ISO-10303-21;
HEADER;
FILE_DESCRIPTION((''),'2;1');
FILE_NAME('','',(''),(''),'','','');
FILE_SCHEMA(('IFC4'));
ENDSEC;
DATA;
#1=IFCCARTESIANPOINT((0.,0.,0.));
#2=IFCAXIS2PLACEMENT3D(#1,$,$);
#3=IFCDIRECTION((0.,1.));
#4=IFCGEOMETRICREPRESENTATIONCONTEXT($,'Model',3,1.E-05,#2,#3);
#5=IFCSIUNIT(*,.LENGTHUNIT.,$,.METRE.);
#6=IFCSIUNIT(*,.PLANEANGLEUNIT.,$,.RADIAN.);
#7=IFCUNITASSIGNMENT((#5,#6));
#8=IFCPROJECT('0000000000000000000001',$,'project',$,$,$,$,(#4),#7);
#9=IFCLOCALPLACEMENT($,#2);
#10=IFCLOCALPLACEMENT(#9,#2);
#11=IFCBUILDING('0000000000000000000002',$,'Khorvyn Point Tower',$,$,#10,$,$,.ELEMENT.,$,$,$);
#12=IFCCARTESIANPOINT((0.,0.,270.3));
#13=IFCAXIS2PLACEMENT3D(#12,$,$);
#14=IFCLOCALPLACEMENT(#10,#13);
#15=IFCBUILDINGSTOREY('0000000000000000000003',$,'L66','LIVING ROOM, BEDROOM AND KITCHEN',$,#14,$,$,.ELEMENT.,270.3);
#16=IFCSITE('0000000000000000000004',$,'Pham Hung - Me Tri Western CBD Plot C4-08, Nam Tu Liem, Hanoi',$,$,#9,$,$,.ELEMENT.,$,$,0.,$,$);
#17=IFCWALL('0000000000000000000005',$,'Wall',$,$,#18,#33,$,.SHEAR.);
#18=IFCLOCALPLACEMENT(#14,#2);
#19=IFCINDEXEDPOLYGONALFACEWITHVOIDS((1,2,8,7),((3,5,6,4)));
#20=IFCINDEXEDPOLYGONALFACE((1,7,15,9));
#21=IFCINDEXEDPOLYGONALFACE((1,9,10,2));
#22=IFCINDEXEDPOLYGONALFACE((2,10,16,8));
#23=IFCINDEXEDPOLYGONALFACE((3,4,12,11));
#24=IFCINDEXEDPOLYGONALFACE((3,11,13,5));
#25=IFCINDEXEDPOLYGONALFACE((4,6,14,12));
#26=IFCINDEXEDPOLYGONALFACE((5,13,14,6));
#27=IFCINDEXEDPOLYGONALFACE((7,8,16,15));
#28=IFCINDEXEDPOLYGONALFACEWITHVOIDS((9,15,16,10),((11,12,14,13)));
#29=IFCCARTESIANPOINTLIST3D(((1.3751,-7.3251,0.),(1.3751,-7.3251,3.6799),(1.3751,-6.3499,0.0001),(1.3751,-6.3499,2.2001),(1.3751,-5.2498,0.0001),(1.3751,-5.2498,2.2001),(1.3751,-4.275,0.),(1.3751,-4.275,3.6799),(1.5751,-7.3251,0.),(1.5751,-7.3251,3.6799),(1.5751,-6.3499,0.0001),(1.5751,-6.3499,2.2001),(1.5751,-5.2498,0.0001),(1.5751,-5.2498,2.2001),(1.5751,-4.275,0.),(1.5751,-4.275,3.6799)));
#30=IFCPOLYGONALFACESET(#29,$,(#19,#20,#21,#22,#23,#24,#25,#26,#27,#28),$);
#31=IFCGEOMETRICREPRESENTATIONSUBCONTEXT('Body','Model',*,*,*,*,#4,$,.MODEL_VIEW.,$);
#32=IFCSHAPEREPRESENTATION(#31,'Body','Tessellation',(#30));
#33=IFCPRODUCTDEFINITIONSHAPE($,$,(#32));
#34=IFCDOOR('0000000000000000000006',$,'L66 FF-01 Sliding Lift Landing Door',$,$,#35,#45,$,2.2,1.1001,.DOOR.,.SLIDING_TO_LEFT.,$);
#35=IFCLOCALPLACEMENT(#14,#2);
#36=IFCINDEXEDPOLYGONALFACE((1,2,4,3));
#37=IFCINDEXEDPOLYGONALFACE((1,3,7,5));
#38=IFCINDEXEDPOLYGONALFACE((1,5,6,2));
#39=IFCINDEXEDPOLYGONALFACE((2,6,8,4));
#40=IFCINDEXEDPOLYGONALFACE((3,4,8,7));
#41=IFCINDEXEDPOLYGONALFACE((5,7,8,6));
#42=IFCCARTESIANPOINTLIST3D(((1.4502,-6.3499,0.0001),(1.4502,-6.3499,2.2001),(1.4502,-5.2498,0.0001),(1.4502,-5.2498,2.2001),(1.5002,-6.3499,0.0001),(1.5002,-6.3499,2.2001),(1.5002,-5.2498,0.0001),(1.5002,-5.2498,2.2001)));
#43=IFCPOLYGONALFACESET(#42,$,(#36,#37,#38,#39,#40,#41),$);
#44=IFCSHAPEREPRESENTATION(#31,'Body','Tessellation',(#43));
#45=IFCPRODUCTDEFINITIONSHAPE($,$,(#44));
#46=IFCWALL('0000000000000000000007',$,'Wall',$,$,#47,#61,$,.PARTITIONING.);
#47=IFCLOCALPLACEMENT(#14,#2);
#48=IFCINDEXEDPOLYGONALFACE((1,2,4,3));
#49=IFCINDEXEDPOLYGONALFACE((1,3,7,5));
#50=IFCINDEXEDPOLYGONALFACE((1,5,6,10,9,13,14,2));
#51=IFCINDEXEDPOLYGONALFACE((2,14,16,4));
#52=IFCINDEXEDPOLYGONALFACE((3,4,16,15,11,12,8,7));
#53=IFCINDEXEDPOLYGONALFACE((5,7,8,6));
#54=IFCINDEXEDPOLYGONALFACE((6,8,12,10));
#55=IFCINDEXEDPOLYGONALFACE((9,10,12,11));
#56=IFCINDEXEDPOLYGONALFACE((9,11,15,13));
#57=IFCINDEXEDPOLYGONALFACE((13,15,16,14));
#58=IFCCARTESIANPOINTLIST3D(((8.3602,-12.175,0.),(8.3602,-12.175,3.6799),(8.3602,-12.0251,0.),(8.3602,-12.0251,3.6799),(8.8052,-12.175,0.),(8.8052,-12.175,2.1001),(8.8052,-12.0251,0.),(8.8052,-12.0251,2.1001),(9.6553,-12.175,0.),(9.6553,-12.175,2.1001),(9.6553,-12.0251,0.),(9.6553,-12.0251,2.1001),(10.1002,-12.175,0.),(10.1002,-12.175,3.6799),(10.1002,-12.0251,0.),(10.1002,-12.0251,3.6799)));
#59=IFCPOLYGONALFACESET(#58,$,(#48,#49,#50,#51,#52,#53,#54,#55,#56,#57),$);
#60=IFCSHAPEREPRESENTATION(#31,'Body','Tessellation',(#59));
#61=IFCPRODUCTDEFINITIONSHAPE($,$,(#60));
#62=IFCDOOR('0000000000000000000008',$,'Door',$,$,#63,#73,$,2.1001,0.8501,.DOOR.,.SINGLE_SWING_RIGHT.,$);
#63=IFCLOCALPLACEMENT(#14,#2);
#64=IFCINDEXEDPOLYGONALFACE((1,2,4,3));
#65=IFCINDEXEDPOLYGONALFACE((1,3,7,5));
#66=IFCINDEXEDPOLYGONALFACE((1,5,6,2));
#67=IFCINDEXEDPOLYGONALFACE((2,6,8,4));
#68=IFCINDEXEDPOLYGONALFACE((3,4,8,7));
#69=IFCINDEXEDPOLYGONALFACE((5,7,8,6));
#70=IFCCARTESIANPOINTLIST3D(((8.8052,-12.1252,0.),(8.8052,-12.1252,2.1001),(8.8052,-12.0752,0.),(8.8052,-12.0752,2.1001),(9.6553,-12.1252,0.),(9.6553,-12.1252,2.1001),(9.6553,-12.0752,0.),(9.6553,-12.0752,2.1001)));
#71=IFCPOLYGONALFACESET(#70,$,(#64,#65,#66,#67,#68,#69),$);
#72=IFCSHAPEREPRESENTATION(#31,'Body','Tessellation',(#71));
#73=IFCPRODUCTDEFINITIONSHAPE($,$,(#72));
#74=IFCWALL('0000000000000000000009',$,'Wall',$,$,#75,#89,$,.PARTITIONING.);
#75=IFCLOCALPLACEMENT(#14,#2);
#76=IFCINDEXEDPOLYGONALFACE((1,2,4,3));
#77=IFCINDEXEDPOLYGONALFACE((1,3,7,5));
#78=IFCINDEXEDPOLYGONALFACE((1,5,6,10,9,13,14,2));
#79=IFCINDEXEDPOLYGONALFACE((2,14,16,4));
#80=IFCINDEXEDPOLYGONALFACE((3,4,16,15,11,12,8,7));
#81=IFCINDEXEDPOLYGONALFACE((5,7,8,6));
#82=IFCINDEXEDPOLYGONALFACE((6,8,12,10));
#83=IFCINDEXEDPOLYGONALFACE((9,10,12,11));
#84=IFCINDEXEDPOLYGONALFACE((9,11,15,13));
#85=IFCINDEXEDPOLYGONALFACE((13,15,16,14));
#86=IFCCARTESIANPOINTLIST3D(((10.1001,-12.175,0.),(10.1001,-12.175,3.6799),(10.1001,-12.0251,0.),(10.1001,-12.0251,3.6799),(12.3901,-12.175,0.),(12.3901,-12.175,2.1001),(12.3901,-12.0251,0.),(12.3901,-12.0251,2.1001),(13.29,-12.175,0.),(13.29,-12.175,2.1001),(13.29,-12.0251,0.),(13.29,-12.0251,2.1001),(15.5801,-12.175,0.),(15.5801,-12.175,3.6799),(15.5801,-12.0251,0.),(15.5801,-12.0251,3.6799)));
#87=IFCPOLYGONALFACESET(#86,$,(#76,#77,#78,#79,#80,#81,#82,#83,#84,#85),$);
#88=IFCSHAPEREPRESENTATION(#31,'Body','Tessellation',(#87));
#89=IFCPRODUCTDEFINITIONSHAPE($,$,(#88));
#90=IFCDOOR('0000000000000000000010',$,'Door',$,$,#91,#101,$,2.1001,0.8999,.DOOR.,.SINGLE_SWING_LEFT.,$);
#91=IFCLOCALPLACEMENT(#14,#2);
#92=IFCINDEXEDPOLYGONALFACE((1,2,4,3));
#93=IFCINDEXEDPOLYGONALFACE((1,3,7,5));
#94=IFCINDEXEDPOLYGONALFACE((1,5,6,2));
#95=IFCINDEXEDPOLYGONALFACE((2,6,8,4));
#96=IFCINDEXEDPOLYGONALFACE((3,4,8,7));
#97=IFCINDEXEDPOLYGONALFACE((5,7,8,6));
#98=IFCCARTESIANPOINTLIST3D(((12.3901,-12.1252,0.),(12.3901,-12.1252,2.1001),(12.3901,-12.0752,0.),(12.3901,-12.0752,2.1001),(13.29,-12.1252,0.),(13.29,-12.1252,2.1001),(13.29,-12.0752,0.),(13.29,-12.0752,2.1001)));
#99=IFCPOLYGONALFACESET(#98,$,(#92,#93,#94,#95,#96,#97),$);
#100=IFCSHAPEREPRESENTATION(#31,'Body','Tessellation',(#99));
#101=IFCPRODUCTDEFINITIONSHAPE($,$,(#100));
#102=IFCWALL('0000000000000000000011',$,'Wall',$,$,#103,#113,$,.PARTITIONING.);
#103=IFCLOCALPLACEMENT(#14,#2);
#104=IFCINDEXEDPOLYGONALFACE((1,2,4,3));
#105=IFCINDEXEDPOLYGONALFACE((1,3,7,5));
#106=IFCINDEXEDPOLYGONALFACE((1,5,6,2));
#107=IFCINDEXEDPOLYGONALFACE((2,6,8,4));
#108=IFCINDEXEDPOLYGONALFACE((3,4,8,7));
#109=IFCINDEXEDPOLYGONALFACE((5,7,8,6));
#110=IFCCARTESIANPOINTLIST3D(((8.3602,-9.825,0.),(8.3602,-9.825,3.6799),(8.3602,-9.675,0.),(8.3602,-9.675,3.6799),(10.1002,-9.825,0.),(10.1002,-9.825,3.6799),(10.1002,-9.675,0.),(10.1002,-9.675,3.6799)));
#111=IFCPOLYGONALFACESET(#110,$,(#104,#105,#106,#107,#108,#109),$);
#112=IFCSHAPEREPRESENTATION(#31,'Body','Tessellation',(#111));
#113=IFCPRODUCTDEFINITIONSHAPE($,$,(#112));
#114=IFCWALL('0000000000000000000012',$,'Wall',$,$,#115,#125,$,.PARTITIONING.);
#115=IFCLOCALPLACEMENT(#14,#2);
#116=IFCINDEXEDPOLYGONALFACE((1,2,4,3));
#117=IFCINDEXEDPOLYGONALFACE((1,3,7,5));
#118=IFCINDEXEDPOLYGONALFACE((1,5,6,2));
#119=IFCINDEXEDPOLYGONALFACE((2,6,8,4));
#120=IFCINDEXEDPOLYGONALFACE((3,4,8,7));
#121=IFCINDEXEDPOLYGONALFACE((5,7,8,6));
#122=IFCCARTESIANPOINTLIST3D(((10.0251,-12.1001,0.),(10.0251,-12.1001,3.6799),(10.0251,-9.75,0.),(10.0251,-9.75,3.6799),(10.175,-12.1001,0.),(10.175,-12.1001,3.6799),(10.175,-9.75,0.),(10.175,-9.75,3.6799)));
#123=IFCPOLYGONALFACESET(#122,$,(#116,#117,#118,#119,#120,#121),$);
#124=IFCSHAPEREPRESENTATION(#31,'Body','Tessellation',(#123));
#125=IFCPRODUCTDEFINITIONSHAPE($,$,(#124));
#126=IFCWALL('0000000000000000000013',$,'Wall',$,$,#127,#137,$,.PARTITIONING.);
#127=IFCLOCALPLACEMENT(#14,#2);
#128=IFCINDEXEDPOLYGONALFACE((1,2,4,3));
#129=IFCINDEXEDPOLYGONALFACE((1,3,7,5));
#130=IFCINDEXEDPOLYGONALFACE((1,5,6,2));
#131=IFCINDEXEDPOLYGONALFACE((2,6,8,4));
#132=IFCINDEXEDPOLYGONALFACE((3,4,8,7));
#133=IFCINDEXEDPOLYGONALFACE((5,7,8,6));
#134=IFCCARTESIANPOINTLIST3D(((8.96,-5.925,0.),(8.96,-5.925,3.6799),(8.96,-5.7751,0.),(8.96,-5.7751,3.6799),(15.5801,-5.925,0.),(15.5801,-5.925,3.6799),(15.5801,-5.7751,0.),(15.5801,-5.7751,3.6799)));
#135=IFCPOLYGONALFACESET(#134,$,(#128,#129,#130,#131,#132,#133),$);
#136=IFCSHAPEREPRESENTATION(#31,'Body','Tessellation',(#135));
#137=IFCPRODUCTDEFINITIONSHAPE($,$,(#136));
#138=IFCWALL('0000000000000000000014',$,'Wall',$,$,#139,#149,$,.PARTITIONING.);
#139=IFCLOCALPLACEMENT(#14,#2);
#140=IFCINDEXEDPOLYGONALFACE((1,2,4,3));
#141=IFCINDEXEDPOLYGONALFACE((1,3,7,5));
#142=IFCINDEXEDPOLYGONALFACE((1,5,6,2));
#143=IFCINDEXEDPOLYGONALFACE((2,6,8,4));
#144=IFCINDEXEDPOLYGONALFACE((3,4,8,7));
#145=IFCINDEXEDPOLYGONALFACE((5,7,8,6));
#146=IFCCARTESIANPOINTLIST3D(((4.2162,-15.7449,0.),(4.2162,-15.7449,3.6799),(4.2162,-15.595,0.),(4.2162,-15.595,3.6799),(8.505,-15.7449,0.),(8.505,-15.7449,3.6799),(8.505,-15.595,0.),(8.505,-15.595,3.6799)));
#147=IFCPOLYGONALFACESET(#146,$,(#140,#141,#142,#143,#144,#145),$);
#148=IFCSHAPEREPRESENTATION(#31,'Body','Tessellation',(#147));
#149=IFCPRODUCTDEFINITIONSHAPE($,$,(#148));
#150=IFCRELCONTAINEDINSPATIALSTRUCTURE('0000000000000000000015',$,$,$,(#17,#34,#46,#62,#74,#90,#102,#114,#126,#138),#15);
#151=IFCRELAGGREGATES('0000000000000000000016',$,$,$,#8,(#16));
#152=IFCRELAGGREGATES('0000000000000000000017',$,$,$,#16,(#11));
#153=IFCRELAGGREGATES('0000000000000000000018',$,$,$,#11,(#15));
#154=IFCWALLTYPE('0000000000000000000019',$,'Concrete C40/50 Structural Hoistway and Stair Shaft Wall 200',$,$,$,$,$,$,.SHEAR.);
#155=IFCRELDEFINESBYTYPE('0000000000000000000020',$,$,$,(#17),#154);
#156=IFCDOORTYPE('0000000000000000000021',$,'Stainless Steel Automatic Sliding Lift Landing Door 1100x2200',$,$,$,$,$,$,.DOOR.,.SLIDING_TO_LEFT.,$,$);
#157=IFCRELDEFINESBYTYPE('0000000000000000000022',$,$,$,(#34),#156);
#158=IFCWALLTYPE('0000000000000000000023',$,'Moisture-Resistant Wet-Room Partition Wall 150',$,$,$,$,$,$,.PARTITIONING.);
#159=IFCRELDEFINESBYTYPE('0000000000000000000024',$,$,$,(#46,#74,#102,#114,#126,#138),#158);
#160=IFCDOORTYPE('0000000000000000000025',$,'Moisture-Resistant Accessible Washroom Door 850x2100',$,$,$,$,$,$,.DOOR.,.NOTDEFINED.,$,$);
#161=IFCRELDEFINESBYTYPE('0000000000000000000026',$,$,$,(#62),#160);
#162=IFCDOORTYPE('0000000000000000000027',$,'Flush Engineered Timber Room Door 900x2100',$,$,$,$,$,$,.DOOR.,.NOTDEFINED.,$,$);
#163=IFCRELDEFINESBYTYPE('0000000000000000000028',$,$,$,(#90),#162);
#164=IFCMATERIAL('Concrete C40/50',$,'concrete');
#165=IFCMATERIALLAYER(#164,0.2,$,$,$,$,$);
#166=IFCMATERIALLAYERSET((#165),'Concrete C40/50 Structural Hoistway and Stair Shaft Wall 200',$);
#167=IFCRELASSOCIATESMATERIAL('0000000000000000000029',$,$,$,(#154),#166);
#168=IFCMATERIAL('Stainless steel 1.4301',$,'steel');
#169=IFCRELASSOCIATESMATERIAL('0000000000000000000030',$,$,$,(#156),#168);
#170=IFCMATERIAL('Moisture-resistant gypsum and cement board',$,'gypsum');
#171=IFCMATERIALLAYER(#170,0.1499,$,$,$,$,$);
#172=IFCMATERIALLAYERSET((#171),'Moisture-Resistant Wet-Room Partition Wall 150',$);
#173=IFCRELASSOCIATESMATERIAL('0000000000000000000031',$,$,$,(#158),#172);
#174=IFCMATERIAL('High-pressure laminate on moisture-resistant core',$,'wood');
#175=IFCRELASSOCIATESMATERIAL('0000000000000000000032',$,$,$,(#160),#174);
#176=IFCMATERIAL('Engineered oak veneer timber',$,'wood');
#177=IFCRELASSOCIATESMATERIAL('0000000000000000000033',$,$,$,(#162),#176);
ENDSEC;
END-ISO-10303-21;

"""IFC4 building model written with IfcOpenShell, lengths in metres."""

from ifc_helpers import new_model, si_unit, direction, frame, frame_2d, origin, place, context, subcontext, project, spatial, rectangle, extrude, material, layer, layer_set, type_object, element, fill, save


model = new_model("IFC4")

# Units and contexts
model_context = context("Model", 3, precision=1e-05, world=origin(), true_north=direction((0.0, 1.0)))
body_context = subcontext(model_context, "Body", "Model", "MODEL_VIEW")
ifc_project = project(units=[si_unit("LENGTHUNIT", "METRE"), si_unit("PLANEANGLEUNIT", "RADIAN")], contexts=[model_context])

# Site, building, storey
site_placement = place(None, origin())
site = spatial("IfcSite", under=ifc_project, at=site_placement, Name="Pham Hung - Me Tri Western CBD Plot C4-08, Nam Tu Liem, Hanoi", CompositionType="ELEMENT", RefElevation=0.0)
building_placement = place(site_placement, origin())
building = spatial("IfcBuilding", under=site, at=building_placement, Name="Khorvyn Point Tower", CompositionType="ELEMENT")
storey_placement = place(building_placement, frame((0.0, 0.0, 270.3)))
storey = spatial("IfcBuildingStorey", under=building, at=storey_placement, Name="L66", Description="LIVING ROOM, BEDROOM AND KITCHEN", CompositionType="ELEMENT", Elevation=270.3)

# Shared definitions
ifc_material_1 = material(Name="Concrete C40/50", Category="concrete")

# Walls, openings, doors
ifc_layer_1 = layer(ifc_material_1, 0.2)
ifc_layer_set_1 = layer_set([ifc_layer_1], Name="Concrete C40/50 Structural Hoistway and Stair Shaft Wall 200")
wall_type_1 = type_object("IfcWallType", Name="Concrete C40/50 Structural Hoistway and Stair Shaft Wall 200", PredefinedType="SHEAR", material=ifc_layer_set_1)
wall_1_placement = place(storey_placement, frame((1.4751, -7.325, 0.0), z_axis=(0.0, 0.0, 1.0), x_axis=(0.0, 1.0, 0.0)))
wall_1 = element("IfcWall", 1, at=wall_1_placement, inside=storey, type_object=wall_type_1, Name="Wall", PredefinedType="SHEAR", context=body_context, shape_type="SweptSolid", body=[
    extrude(rectangle(XDim=3.05, YDim=0.2, at=frame_2d((1.5249, 0.0))), origin(), (0.0, 0.0, 1.0), 3.6799),
])
opening_1_placement = place(wall_1_placement, frame((0.9751, 0.0, 0.0)))
opening_1 = element("IfcOpeningElement", 2, at=opening_1_placement, cuts=wall_1, PredefinedType="OPENING", context=body_context, shape_type="SweptSolid", body=[
    extrude(rectangle(XDim=1.1001, YDim=2.2, at=frame_2d((0.55, 1.1001))), frame((0.0, 0.1099, 0.0), z_axis=(0.0, -1.0, 0.0), x_axis=(1.0, 0.0, 0.0)), (0.0, 0.0, 1.0), 0.22),
])
ifc_material_2 = material(Name="Stainless steel 1.4301", Category="steel")
door_type_1 = type_object("IfcDoorType", Name="Stainless Steel Automatic Sliding Lift Landing Door 1100x2200", OperationType="SLIDING_TO_LEFT", PredefinedType="DOOR", material=ifc_material_2)
door_1_placement = place(opening_1_placement, origin())
door_1 = element("IfcDoor", 3, at=door_1_placement, inside=storey, type_object=door_type_1, Name="L66 FF-01 Sliding Lift Landing Door", OperationType="SLIDING_TO_LEFT", OverallHeight=2.2, OverallWidth=1.1001, PredefinedType="DOOR", context=body_context, shape_type="SweptSolid", body=[
    extrude(rectangle(XDim=1.1001, YDim=2.2, at=frame_2d((0.55, 1.1001))), frame((0.0, 0.0249, 0.0), z_axis=(0.0, -1.0, 0.0), x_axis=(1.0, 0.0, 0.0)), (0.0, 0.0, 1.0), 0.05),
])
fill(opening_1, door_1)
ifc_material_3 = material(Name="Moisture-resistant gypsum and cement board", Category="gypsum")
ifc_layer_2 = layer(ifc_material_3, 0.1499)
ifc_layer_set_2 = layer_set([ifc_layer_2], Name="Moisture-Resistant Wet-Room Partition Wall 150")
wall_type_2 = type_object("IfcWallType", Name="Moisture-Resistant Wet-Room Partition Wall 150", PredefinedType="PARTITIONING", material=ifc_layer_set_2)
wall_2_placement = place(storey_placement, frame((8.3601, -12.1001, 0.0), z_axis=(0.0, 0.0, 1.0), x_axis=(1.0, 0.0, 0.0)))
wall_2 = element("IfcWall", 4, at=wall_2_placement, inside=storey, type_object=wall_type_2, Name="Wall", PredefinedType="PARTITIONING", context=body_context, shape_type="SweptSolid", body=[
    extrude(rectangle(XDim=1.74, YDim=0.1499, at=frame_2d((0.8701, 0.0))), origin(), (0.0, 0.0, 1.0), 3.6799),
])
opening_2_placement = place(wall_2_placement, frame((0.4451, 0.0, 0.0)))
opening_2 = element("IfcOpeningElement", 5, at=opening_2_placement, cuts=wall_2, PredefinedType="OPENING", context=body_context, shape_type="SweptSolid", body=[
    extrude(rectangle(XDim=0.8501, YDim=2.1001, at=frame_2d((0.425, 1.05))), frame((0.0, 0.085, 0.0), z_axis=(0.0, -1.0, 0.0), x_axis=(1.0, 0.0, 0.0)), (0.0, 0.0, 1.0), 0.1699),
])
ifc_material_4 = material(Name="High-pressure laminate on moisture-resistant core", Category="wood")
door_type_2 = type_object("IfcDoorType", Name="Moisture-Resistant Accessible Washroom Door 850x2100", OperationType="NOTDEFINED", PredefinedType="DOOR", material=ifc_material_4)
door_2_placement = place(opening_2_placement, origin())
door_2 = element("IfcDoor", 6, at=door_2_placement, inside=storey, type_object=door_type_2, Name="Door", OperationType="SINGLE_SWING_RIGHT", OverallHeight=2.1001, OverallWidth=0.8501, PredefinedType="DOOR", context=body_context, shape_type="SweptSolid", body=[
    extrude(rectangle(XDim=0.8501, YDim=2.1001, at=frame_2d((0.425, 1.05))), frame((0.0, 0.0249, 0.0), z_axis=(0.0, -1.0, 0.0), x_axis=(1.0, 0.0, 0.0)), (0.0, 0.0, 1.0), 0.05),
])
fill(opening_2, door_2)
wall_3_placement = place(storey_placement, frame((10.1001, -12.1001, 0.0), z_axis=(0.0, 0.0, 1.0), x_axis=(1.0, 0.0, 0.0)))
wall_3 = element("IfcWall", 7, at=wall_3_placement, inside=storey, type_object=wall_type_2, Name="Wall", PredefinedType="PARTITIONING", context=body_context, shape_type="SweptSolid", body=[
    extrude(rectangle(XDim=5.48, YDim=0.1499, at=frame_2d((2.74, 0.0))), origin(), (0.0, 0.0, 1.0), 3.6799),
])
opening_3_placement = place(wall_3_placement, frame((2.29, 0.0, 0.0)))
opening_3 = element("IfcOpeningElement", 8, at=opening_3_placement, cuts=wall_3, PredefinedType="OPENING", context=body_context, shape_type="SweptSolid", body=[
    extrude(rectangle(XDim=0.8999, YDim=2.1001, at=frame_2d((0.45, 1.05))), frame((0.0, 0.085, 0.0), z_axis=(0.0, -1.0, 0.0), x_axis=(1.0, 0.0, 0.0)), (0.0, 0.0, 1.0), 0.1699),
])
ifc_material_5 = material(Name="Engineered oak veneer timber", Category="wood")
door_type_3 = type_object("IfcDoorType", Name="Flush Engineered Timber Room Door 900x2100", OperationType="NOTDEFINED", PredefinedType="DOOR", material=ifc_material_5)
door_3_placement = place(opening_3_placement, origin())
door_3 = element("IfcDoor", 9, at=door_3_placement, inside=storey, type_object=door_type_3, Name="Door", OperationType="SINGLE_SWING_LEFT", OverallHeight=2.1001, OverallWidth=0.8999, PredefinedType="DOOR", context=body_context, shape_type="SweptSolid", body=[
    extrude(rectangle(XDim=0.8999, YDim=2.1001, at=frame_2d((0.45, 1.05))), frame((0.0, 0.0249, 0.0), z_axis=(0.0, -1.0, 0.0), x_axis=(1.0, 0.0, 0.0)), (0.0, 0.0, 1.0), 0.05),
])
fill(opening_3, door_3)

# Walls
wall_4_placement = place(storey_placement, frame((8.3601, -9.75, 0.0), z_axis=(0.0, 0.0, 1.0), x_axis=(1.0, 0.0, 0.0)))
element("IfcWall", 10, at=wall_4_placement, inside=storey, type_object=wall_type_2, Name="Wall", PredefinedType="PARTITIONING", context=body_context, shape_type="SweptSolid", body=[
    extrude(rectangle(XDim=1.74, YDim=0.1499, at=frame_2d((0.8701, 0.0))), origin(), (0.0, 0.0, 1.0), 3.6799),
])
wall_5_placement = place(storey_placement, frame((10.1001, -12.1001, 0.0), z_axis=(0.0, 0.0, 1.0), x_axis=(0.0, 1.0, 0.0)))
element("IfcWall", 11, at=wall_5_placement, inside=storey, type_object=wall_type_2, Name="Wall", PredefinedType="PARTITIONING", context=body_context, shape_type="SweptSolid", body=[
    extrude(rectangle(XDim=2.3501, YDim=0.1499, at=frame_2d((1.175, 0.0))), origin(), (0.0, 0.0, 1.0), 3.6799),
])
wall_6_placement = place(storey_placement, frame((8.96, -5.8501, 0.0), z_axis=(0.0, 0.0, 1.0), x_axis=(1.0, 0.0, 0.0)))
element("IfcWall", 12, at=wall_6_placement, inside=storey, type_object=wall_type_2, Name="Wall", PredefinedType="PARTITIONING", context=body_context, shape_type="SweptSolid", body=[
    extrude(rectangle(XDim=6.6201, YDim=0.1499, at=frame_2d((3.3101, 0.0))), origin(), (0.0, 0.0, 1.0), 3.6799),
])
wall_7_placement = place(storey_placement, frame((4.2161, -15.6699, 0.0), z_axis=(0.0, 0.0, 1.0), x_axis=(1.0, 0.0, 0.0)))
element("IfcWall", 13, at=wall_7_placement, inside=storey, type_object=wall_type_2, Name="Wall", PredefinedType="PARTITIONING", context=body_context, shape_type="SweptSolid", body=[
    extrude(rectangle(XDim=4.2888, YDim=0.1499, at=frame_2d((2.1445, 0.0))), origin(), (0.0, 0.0, 1.0), 3.6799),
])

save(model, "model.ifc")
